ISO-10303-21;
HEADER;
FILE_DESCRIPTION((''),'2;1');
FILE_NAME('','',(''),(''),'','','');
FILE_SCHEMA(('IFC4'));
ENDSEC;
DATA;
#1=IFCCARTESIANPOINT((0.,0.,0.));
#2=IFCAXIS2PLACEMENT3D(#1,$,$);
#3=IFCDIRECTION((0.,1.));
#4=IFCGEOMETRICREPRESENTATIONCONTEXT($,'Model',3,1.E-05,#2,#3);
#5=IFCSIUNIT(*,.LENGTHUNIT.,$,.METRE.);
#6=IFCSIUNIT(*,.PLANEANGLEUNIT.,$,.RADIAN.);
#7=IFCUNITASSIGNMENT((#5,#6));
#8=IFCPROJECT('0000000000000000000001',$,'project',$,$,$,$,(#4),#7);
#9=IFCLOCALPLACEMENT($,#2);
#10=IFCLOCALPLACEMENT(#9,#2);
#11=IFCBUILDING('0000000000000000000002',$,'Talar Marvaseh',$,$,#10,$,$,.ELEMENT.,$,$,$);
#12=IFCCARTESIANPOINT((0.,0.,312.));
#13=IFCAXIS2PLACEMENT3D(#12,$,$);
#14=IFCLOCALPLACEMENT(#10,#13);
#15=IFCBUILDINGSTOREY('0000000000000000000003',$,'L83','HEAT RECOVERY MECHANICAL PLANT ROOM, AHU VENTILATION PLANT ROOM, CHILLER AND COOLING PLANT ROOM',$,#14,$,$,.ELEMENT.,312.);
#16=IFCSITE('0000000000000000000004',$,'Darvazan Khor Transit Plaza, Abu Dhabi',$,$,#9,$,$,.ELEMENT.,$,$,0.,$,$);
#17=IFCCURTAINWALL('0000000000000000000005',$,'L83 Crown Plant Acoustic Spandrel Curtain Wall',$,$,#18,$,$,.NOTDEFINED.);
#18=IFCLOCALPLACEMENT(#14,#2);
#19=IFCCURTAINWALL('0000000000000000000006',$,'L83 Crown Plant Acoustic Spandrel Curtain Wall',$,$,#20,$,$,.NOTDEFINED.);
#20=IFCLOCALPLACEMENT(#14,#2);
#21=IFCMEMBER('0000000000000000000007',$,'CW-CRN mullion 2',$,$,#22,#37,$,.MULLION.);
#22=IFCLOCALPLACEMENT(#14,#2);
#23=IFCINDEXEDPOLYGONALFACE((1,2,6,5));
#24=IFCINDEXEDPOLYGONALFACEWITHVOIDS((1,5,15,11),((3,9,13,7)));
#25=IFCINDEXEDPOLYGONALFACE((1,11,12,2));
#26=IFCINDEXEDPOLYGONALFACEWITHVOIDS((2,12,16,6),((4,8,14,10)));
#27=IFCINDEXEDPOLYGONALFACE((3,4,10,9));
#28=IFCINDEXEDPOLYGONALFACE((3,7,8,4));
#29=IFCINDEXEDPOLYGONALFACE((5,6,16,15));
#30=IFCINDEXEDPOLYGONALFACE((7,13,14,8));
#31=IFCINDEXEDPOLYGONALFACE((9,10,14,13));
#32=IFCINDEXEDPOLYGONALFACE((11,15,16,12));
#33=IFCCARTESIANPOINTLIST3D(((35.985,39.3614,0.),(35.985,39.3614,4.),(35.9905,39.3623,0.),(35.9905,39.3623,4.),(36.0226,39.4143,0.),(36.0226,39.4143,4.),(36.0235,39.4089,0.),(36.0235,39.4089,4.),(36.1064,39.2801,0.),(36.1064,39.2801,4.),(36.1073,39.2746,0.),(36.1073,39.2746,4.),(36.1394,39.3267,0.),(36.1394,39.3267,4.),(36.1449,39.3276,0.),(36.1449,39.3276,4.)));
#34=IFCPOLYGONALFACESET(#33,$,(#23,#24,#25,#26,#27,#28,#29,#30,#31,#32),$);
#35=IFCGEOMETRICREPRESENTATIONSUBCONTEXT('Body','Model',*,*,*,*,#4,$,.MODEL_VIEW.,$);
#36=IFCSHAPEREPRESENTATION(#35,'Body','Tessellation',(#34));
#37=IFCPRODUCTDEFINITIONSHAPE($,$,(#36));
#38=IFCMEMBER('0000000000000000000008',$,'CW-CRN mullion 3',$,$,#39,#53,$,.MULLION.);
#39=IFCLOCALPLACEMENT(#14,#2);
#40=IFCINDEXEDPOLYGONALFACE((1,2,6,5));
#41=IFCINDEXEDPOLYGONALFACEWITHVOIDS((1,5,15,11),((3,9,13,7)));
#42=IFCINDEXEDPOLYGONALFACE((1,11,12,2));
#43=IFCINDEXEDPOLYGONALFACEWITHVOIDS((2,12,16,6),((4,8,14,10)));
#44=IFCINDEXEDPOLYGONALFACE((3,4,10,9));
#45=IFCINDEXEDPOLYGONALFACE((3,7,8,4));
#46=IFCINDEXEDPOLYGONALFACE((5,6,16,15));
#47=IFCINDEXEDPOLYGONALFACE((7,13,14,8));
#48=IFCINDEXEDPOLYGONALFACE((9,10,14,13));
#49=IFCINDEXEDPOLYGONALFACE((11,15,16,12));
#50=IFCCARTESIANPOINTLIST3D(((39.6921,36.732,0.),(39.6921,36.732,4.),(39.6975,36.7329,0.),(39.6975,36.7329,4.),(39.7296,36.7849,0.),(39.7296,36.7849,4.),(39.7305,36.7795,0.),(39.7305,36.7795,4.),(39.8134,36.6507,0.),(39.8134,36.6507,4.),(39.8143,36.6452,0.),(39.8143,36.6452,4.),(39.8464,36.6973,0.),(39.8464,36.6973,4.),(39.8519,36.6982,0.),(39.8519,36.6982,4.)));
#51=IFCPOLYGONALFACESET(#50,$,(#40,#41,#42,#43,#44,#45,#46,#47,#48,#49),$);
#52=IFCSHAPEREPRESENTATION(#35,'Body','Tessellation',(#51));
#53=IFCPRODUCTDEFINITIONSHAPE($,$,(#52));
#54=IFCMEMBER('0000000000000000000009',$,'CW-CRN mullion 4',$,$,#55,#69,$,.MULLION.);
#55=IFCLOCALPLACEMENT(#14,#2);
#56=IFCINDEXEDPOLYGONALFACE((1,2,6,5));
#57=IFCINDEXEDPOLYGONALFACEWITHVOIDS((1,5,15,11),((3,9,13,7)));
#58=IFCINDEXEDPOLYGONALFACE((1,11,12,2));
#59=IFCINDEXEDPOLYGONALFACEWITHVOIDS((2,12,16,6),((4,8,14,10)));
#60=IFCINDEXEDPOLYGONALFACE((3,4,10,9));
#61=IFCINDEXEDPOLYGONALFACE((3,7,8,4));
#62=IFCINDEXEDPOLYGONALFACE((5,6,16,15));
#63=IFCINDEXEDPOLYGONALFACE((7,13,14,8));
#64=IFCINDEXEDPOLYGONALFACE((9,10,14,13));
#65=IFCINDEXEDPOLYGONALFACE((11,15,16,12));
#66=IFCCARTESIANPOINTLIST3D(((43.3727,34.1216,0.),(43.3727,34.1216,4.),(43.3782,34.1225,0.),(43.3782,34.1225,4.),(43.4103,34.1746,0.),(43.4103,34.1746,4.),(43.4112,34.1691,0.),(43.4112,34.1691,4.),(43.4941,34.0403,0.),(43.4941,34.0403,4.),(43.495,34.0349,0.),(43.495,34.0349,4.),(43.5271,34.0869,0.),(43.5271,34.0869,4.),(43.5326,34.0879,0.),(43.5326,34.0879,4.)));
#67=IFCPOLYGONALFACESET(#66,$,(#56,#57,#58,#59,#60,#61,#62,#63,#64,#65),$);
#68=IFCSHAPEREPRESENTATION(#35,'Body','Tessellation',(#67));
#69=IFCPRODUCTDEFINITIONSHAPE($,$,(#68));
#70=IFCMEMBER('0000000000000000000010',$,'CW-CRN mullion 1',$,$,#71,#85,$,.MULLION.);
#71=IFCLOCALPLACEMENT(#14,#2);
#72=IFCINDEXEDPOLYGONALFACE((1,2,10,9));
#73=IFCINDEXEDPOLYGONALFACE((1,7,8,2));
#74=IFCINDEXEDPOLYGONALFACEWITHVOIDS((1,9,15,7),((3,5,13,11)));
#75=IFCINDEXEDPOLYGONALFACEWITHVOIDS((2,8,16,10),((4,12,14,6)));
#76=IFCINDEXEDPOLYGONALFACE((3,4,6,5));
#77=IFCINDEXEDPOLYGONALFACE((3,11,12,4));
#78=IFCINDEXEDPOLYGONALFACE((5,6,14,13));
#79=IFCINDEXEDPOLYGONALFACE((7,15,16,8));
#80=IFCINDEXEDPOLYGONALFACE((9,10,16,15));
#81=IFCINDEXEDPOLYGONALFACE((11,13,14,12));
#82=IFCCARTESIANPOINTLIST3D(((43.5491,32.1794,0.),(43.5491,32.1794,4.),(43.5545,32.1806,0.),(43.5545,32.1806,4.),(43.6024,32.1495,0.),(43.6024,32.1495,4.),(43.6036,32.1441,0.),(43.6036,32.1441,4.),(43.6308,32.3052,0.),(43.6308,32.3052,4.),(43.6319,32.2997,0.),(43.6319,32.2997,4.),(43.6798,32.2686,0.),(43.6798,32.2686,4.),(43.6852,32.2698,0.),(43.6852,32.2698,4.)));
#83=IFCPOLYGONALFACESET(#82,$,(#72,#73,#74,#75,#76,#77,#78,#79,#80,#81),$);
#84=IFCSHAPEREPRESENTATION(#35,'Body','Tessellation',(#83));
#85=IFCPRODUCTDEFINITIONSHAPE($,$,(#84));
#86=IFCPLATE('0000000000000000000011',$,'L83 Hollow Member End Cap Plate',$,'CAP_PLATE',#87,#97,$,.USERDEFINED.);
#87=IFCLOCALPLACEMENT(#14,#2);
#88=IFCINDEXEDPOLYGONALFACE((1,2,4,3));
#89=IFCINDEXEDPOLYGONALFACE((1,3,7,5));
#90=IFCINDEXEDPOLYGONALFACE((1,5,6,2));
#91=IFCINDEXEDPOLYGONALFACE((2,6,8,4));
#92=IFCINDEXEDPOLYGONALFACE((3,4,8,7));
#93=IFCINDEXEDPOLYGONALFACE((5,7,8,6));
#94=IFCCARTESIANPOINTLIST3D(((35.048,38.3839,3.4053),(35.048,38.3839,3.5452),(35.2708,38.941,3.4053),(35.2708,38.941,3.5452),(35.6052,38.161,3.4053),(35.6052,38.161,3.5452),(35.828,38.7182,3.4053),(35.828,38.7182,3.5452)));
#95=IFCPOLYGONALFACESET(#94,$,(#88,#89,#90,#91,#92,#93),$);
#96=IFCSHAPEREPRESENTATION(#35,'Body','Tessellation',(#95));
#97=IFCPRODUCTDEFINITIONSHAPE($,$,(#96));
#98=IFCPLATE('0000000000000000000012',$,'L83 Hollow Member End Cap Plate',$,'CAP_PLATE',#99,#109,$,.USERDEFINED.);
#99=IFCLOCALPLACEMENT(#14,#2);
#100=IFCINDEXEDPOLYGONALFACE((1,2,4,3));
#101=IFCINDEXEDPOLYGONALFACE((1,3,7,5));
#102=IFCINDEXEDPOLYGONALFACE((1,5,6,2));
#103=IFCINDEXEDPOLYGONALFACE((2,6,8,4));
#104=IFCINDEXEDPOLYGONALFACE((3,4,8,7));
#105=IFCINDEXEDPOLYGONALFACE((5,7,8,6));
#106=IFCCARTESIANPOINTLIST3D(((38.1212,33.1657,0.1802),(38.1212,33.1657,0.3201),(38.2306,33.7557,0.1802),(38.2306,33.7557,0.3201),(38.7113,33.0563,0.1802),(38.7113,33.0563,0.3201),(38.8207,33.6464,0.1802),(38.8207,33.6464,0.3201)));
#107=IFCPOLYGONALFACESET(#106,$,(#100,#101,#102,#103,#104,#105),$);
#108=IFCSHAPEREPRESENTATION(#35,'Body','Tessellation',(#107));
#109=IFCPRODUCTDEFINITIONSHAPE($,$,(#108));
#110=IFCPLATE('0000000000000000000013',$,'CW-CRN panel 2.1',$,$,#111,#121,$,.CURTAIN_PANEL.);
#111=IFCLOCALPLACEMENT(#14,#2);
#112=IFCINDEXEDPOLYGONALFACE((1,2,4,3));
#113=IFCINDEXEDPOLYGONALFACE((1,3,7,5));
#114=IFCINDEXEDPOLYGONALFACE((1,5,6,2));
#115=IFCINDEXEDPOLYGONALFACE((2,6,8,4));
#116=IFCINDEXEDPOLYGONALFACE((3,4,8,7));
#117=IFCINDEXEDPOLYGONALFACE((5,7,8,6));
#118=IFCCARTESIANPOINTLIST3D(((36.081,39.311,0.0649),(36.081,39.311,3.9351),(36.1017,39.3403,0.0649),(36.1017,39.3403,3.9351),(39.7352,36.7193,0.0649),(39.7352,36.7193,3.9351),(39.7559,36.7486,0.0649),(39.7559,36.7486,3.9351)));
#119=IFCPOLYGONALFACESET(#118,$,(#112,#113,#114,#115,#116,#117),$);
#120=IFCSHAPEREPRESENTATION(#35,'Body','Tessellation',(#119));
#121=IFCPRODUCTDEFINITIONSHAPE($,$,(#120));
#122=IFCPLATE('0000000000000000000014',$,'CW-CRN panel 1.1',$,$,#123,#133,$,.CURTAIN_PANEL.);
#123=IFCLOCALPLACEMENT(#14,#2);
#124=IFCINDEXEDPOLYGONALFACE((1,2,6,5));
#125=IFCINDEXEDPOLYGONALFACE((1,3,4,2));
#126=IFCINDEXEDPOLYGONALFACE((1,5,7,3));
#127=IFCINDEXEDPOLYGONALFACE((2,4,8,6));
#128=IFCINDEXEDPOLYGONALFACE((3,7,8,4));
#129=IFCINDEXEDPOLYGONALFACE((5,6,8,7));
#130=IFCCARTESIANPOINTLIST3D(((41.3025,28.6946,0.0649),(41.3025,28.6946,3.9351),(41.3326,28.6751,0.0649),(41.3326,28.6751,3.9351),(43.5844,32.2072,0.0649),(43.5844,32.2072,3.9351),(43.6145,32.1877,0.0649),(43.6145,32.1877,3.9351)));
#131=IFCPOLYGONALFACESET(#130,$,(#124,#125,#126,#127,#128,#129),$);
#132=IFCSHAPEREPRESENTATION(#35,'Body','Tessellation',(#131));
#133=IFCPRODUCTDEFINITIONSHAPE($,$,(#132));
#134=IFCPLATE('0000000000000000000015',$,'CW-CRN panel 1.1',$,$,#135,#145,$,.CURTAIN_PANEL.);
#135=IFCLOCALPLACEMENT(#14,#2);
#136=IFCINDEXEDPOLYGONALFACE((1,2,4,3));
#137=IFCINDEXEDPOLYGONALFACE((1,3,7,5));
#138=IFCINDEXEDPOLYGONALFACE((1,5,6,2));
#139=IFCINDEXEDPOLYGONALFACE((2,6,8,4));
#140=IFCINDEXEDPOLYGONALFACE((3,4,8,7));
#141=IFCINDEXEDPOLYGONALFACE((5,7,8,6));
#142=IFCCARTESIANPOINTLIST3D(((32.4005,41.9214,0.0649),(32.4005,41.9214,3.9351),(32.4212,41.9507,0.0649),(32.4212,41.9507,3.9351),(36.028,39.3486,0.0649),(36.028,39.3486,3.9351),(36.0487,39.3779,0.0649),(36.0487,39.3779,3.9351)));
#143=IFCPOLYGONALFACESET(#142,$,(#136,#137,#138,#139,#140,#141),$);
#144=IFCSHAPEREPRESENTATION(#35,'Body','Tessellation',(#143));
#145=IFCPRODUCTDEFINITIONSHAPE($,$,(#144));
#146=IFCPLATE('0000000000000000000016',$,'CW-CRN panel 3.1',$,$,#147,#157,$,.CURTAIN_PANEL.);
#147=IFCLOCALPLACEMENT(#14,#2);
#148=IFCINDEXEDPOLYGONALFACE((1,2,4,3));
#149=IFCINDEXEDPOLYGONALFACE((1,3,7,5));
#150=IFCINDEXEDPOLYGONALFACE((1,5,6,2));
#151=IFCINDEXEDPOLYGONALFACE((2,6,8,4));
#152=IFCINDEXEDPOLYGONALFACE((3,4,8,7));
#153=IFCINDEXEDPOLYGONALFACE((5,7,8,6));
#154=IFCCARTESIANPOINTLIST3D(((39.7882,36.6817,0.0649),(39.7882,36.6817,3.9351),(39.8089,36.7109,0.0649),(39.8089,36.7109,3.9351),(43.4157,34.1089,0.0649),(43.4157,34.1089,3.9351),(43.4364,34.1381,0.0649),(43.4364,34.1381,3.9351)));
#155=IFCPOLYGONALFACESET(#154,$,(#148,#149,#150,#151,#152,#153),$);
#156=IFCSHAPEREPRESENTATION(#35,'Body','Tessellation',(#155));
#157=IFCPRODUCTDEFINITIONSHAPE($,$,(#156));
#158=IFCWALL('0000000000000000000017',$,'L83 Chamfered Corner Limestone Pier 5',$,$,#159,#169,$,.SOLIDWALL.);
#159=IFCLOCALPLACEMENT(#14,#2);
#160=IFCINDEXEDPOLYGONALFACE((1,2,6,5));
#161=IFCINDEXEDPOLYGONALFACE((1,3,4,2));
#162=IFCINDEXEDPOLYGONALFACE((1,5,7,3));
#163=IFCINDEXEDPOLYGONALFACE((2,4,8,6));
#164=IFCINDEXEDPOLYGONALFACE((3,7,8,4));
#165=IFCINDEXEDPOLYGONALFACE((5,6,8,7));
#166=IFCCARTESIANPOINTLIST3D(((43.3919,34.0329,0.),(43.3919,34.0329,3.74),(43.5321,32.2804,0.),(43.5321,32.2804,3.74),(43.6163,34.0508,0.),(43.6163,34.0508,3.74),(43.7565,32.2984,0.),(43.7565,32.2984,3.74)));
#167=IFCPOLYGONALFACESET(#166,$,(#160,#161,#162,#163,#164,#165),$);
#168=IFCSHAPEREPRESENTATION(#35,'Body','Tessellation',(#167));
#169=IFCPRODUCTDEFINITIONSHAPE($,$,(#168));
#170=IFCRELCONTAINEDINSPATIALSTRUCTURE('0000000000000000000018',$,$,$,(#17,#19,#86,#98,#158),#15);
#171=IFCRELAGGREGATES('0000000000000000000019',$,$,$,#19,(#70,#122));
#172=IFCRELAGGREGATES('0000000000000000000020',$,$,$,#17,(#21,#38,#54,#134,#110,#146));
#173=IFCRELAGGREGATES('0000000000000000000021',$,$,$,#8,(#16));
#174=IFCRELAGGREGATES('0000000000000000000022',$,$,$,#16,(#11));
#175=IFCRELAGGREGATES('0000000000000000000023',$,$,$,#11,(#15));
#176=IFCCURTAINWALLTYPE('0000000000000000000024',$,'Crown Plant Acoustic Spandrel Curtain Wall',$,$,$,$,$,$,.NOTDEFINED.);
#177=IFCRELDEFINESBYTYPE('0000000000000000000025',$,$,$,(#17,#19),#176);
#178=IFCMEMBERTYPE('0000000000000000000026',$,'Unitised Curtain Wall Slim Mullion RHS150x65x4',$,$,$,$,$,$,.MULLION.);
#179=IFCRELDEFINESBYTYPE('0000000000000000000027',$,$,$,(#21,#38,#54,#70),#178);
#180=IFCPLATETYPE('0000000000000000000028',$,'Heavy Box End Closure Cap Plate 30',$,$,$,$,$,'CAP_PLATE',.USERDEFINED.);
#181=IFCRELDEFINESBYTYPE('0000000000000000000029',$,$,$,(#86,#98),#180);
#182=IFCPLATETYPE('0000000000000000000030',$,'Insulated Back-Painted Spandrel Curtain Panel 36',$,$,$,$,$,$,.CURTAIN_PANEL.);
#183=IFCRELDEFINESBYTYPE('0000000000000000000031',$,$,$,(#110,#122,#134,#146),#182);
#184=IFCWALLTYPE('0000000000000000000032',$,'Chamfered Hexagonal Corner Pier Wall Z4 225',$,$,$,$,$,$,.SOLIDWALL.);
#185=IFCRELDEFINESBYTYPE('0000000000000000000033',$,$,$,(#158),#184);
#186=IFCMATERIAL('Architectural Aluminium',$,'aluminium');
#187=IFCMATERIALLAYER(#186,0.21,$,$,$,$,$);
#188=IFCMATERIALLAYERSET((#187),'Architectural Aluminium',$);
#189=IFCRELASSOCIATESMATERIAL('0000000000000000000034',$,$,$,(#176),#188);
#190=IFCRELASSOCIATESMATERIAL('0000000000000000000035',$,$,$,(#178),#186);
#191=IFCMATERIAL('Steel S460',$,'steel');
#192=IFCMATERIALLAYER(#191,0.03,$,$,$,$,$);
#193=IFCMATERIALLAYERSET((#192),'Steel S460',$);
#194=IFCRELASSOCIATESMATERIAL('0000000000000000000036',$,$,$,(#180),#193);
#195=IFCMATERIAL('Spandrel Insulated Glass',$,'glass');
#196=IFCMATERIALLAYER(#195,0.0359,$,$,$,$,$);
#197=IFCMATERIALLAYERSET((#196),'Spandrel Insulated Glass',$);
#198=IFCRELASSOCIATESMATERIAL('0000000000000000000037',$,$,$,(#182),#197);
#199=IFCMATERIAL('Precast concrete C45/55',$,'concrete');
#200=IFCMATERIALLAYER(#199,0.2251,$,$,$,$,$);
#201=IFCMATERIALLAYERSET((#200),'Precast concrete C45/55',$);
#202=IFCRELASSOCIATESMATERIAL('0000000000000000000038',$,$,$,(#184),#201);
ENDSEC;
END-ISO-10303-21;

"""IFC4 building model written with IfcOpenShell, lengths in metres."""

from ifc_helpers import new_model, si_unit, direction, frame, frame_2d, origin, origin_2d, place, context, subcontext, project, spatial, rectangle, hollow_rectangle, extrude, source, transform, mapped, material, layer, layer_set, material_profile, profile_set, type_object, type_shapes, element, aggregate, save


model = new_model("IFC4")

# Units and contexts
model_context = context("Model", 3, precision=1e-05, world=origin(), true_north=direction((0.0, 1.0)))
body_context = subcontext(model_context, "Body", "Model", "MODEL_VIEW")
ifc_project = project(units=[si_unit("LENGTHUNIT", "METRE"), si_unit("PLANEANGLEUNIT", "RADIAN")], contexts=[model_context])

# Site, building, storey
site_placement = place(None, origin())
site = spatial("IfcSite", under=ifc_project, at=site_placement, Name="Darvazan Khor Transit Plaza, Abu Dhabi", CompositionType="ELEMENT", RefElevation=0.0)
building_placement = place(site_placement, origin())
building = spatial("IfcBuilding", under=site, at=building_placement, Name="Talar Marvaseh", CompositionType="ELEMENT")
storey_placement = place(building_placement, frame((0.0, 0.0, 312.0)))
storey = spatial("IfcBuildingStorey", under=building, at=storey_placement, Name="L83", Description="HEAT RECOVERY MECHANICAL PLANT ROOM, AHU VENTILATION PLANT ROOM, CHILLER AND COOLING PLANT ROOM", CompositionType="ELEMENT", Elevation=312.0)

# Shared definitions
ifc_material_1 = material(Name="Steel S460", Category="steel")

# Curtain walls
ifc_material_2 = material(Name="Architectural Aluminium", Category="aluminium")
ifc_layer_1 = layer(ifc_material_2, 0.21)
ifc_layer_set_1 = layer_set([ifc_layer_1], Name="Architectural Aluminium")
curtain_wall_type = type_object("IfcCurtainWallType", Name="Crown Plant Acoustic Spandrel Curtain Wall", PredefinedType="NOTDEFINED", material=ifc_layer_set_1)
curtain_wall_1_placement = place(storey_placement, origin())
curtain_wall_1 = element("IfcCurtainWall", 1, at=curtain_wall_1_placement, inside=storey, type_object=curtain_wall_type, Name="L83 Crown Plant Acoustic Spandrel Curtain Wall", PredefinedType="NOTDEFINED")
curtain_wall_2_placement = place(storey_placement, origin())
curtain_wall_2 = element("IfcCurtainWall", 2, at=curtain_wall_2_placement, inside=storey, type_object=curtain_wall_type, Name="L83 Crown Plant Acoustic Spandrel Curtain Wall", PredefinedType="NOTDEFINED")

# Members
ifc_material_profile_1 = material_profile(ifc_material_2, hollow_rectangle(XDim=0.0649, YDim=0.1499, WallThickness=0.0039, at=origin_2d()), Name="RHS150x65x4")
ifc_profile_set_1 = profile_set([ifc_material_profile_1], Name="Architectural Aluminium")
member_type_1 = type_object("IfcMemberType", Name="Unitised Curtain Wall Slim Mullion RHS150x65x4", PredefinedType="MULLION", material=ifc_profile_set_1)
shared_shape_1 = source(origin(), body_context, "Body", "SweptSolid", [
    extrude(hollow_rectangle(XDim=0.0649, YDim=0.1499, WallThickness=0.0039, at=origin_2d()), origin(), (0.0, 0.0, 1.0), 4.0),
])
type_shapes(member_type_1, [shared_shape_1])
member_1_placement = place(storey_placement, frame((36.0649, 39.3445, 0.0), z_axis=(0.0, 0.0, 1.0), x_axis=(0.578513, 0.815673, 0.0)))
member_1 = element("IfcMember", 3, at=member_1_placement, type_object=member_type_1, Name="CW-CRN mullion 2", PredefinedType="MULLION", context=body_context, shape_type="MappedRepresentation", body=[
    mapped(shared_shape_1, transform((0.0, 0.0, 0.0), x_axis=(1.0, 0.0, 0.0), y_axis=(0.0, 1.0, 0.0), z_axis=(0.0, 0.0, 1.0), scale=1.0)),
])
member_2_placement = place(storey_placement, frame((39.772, 36.7151, 0.0), z_axis=(0.0, 0.0, 1.0), x_axis=(0.578513, 0.815673, 0.0)))
member_2 = element("IfcMember", 4, at=member_2_placement, type_object=member_type_1, Name="CW-CRN mullion 3", PredefinedType="MULLION", context=body_context, shape_type="MappedRepresentation", body=[
    mapped(shared_shape_1, transform((0.0, 0.0, 0.0), x_axis=(1.0, 0.0, 0.0), y_axis=(0.0, 1.0, 0.0), z_axis=(0.0, 0.0, 1.0), scale=1.0)),
])
member_3_placement = place(storey_placement, frame((43.4526, 34.1047, 0.0), z_axis=(0.0, 0.0, 1.0), x_axis=(0.578513, 0.815673, 0.0)))
member_3 = element("IfcMember", 5, at=member_3_placement, type_object=member_type_1, Name="CW-CRN mullion 4", PredefinedType="MULLION", context=body_context, shape_type="MappedRepresentation", body=[
    mapped(shared_shape_1, transform((0.0, 0.0, 0.0), x_axis=(1.0, 0.0, 0.0), y_axis=(0.0, 1.0, 0.0), z_axis=(0.0, 0.0, 1.0), scale=1.0)),
])
member_4_placement = place(storey_placement, frame((43.6172, 32.2246, 0.0), z_axis=(0.0, 0.0, 1.0), x_axis=(0.838586, -0.544769, 0.0)))
member_4 = element("IfcMember", 6, at=member_4_placement, type_object=member_type_1, Name="CW-CRN mullion 1", PredefinedType="MULLION", context=body_context, shape_type="MappedRepresentation", body=[
    mapped(shared_shape_1, transform((0.0, 0.0, 0.0), x_axis=(1.0, 0.0, 0.0), y_axis=(0.0, 1.0, 0.0), z_axis=(0.0, 0.0, 1.0), scale=1.0)),
])

# Plates
ifc_layer_2 = layer(ifc_material_1, 0.03)
ifc_layer_set_2 = layer_set([ifc_layer_2], Name="Steel S460")
plate_type_1 = type_object("IfcPlateType", Name="Heavy Box End Closure Cap Plate 30", ElementType="CAP_PLATE", PredefinedType="USERDEFINED", material=ifc_layer_set_2)
shared_shape_2 = source(origin(), body_context, "Body", "SweptSolid", [
    extrude(rectangle(XDim=0.6001, YDim=0.6001, at=origin_2d()), origin(), (0.0, 0.0, 1.0), 0.1399),
])
type_shapes(plate_type_1, [shared_shape_2])
for number, where, z_axis, x_axis, name in (
    (7, (35.438, 38.551, 3.4053), (0.0, 0.0, 1.0), (0.928486, -0.371368, 0.0), "L83 Hollow Member End Cap Plate"),
    (8, (38.4709, 33.406, 0.1802), (0.0, 0.0, 1.0), (-0.182236, -0.983255, 0.0), "L83 Hollow Member End Cap Plate"),
):
    element("IfcPlate", number, at=place(storey_placement, frame(where, z_axis=z_axis, x_axis=x_axis)), inside=storey, type_object=plate_type_1, Name=name, ObjectType="CAP_PLATE", PredefinedType="USERDEFINED", context=body_context, shape_type="MappedRepresentation", body=[
        mapped(shared_shape_2, transform((0.0, 0.0, 0.0), x_axis=(1.0, 0.0, 0.0), y_axis=(0.0, 1.0, 0.0), z_axis=(0.0, 0.0, 1.0), scale=1.0)),
    ])

# Plates
ifc_material_3 = material(Name="Spandrel Insulated Glass", Category="glass")
ifc_layer_3 = layer(ifc_material_3, 0.0359)
ifc_layer_set_3 = layer_set([ifc_layer_3], Name="Spandrel Insulated Glass")
plate_type_2 = type_object("IfcPlateType", Name="Insulated Back-Painted Spandrel Curtain Panel 36", PredefinedType="CURTAIN_PANEL", material=ifc_layer_set_3)
shared_shape_3 = source(origin(), body_context, "Body", "SweptSolid", [
    extrude(rectangle(XDim=4.48, YDim=0.0359, at=origin_2d()), origin(), (0.0, 0.0, 1.0), 3.8701),
])
plate_1_placement = place(storey_placement, frame((37.9185, 38.0298, 0.0649), z_axis=(0.0, 0.0, 1.0), x_axis=(0.815673, -0.578513, 0.0)))
plate_1 = element("IfcPlate", 9, at=plate_1_placement, type_object=plate_type_2, Name="CW-CRN panel 2.1", PredefinedType="CURTAIN_PANEL", context=body_context, shape_type="MappedRepresentation", body=[
    mapped(shared_shape_3, transform((0.0, 0.0, 0.0), x_axis=(1.0, 0.0, 0.0), y_axis=(0.0, 1.0, 0.0), z_axis=(0.0, 0.0, 1.0), scale=1.0)),
])
shared_shape_4 = source(origin(), body_context, "Body", "SweptSolid", [
    extrude(rectangle(XDim=4.1887, YDim=0.0359, at=origin_2d()), origin(), (0.0, 0.0, 1.0), 3.8701),
])
plate_2_placement = place(storey_placement, frame((42.4585, 30.4412, 0.0649), z_axis=(0.0, 0.0, 1.0), x_axis=(-0.544769, -0.838586, 0.0)))
plate_2 = element("IfcPlate", 10, at=plate_2_placement, type_object=plate_type_2, Name="CW-CRN panel 1.1", PredefinedType="CURTAIN_PANEL", context=body_context, shape_type="MappedRepresentation", body=[
    mapped(shared_shape_4, transform((0.0, 0.0, 0.0), x_axis=(1.0, 0.0, 0.0), y_axis=(0.0, 1.0, 0.0), z_axis=(0.0, 0.0, 1.0), scale=1.0)),
])
aggregate(curtain_wall_2, [member_4, plate_2])
shared_shape_5 = source(origin(), body_context, "Body", "SweptSolid", [
    extrude(rectangle(XDim=4.4473, YDim=0.0359, at=origin_2d()), origin(), (0.0, 0.0, 1.0), 3.8701),
])
type_shapes(plate_type_2, [shared_shape_3, shared_shape_4, shared_shape_5])
plate_3_placement = place(storey_placement, frame((34.2246, 40.6497, 0.0649), z_axis=(0.0, 0.0, 1.0), x_axis=(0.815673, -0.578513, 0.0)))
plate_3 = element("IfcPlate", 11, at=plate_3_placement, type_object=plate_type_2, Name="CW-CRN panel 1.1", PredefinedType="CURTAIN_PANEL", context=body_context, shape_type="MappedRepresentation", body=[
    mapped(shared_shape_5, transform((0.0, 0.0, 0.0), x_axis=(1.0, 0.0, 0.0), y_axis=(0.0, 1.0, 0.0), z_axis=(0.0, 0.0, 1.0), scale=1.0)),
])
plate_4_placement = place(storey_placement, frame((41.6123, 35.4099, 0.0649), z_axis=(0.0, 0.0, 1.0), x_axis=(0.815673, -0.578513, 0.0)))
plate_4 = element("IfcPlate", 12, at=plate_4_placement, type_object=plate_type_2, Name="CW-CRN panel 3.1", PredefinedType="CURTAIN_PANEL", context=body_context, shape_type="MappedRepresentation", body=[
    mapped(shared_shape_5, transform((0.0, 0.0, 0.0), x_axis=(1.0, 0.0, 0.0), y_axis=(0.0, 1.0, 0.0), z_axis=(0.0, 0.0, 1.0), scale=1.0)),
])
aggregate(curtain_wall_1, [member_1, member_2, member_3, plate_3, plate_1, plate_4])

# Wall
ifc_material_4 = material(Name="Precast concrete C45/55", Category="concrete")
ifc_layer_4 = layer(ifc_material_4, 0.2251)
ifc_layer_set_4 = layer_set([ifc_layer_4], Name="Precast concrete C45/55")
wall_type_1 = type_object("IfcWallType", Name="Chamfered Hexagonal Corner Pier Wall Z4 225", PredefinedType="SOLIDWALL", material=ifc_layer_set_4)
wall_1_placement = place(storey_placement, frame((43.5042, 34.0417, 0.0), z_axis=(0.0, 0.0, 1.0), x_axis=(0.079712, -0.996818, 0.0)))
element("IfcWall", 13, at=wall_1_placement, inside=storey, type_object=wall_type_1, Name="L83 Chamfered Corner Limestone Pier 5", PredefinedType="SOLIDWALL", context=body_context, shape_type="SweptSolid", body=[
    extrude(rectangle(XDim=1.7581, YDim=0.2251, at=frame_2d((0.8789, 0.0))), origin(), (0.0, 0.0, 1.0), 3.74),
])

save(model, "model.ifc")
